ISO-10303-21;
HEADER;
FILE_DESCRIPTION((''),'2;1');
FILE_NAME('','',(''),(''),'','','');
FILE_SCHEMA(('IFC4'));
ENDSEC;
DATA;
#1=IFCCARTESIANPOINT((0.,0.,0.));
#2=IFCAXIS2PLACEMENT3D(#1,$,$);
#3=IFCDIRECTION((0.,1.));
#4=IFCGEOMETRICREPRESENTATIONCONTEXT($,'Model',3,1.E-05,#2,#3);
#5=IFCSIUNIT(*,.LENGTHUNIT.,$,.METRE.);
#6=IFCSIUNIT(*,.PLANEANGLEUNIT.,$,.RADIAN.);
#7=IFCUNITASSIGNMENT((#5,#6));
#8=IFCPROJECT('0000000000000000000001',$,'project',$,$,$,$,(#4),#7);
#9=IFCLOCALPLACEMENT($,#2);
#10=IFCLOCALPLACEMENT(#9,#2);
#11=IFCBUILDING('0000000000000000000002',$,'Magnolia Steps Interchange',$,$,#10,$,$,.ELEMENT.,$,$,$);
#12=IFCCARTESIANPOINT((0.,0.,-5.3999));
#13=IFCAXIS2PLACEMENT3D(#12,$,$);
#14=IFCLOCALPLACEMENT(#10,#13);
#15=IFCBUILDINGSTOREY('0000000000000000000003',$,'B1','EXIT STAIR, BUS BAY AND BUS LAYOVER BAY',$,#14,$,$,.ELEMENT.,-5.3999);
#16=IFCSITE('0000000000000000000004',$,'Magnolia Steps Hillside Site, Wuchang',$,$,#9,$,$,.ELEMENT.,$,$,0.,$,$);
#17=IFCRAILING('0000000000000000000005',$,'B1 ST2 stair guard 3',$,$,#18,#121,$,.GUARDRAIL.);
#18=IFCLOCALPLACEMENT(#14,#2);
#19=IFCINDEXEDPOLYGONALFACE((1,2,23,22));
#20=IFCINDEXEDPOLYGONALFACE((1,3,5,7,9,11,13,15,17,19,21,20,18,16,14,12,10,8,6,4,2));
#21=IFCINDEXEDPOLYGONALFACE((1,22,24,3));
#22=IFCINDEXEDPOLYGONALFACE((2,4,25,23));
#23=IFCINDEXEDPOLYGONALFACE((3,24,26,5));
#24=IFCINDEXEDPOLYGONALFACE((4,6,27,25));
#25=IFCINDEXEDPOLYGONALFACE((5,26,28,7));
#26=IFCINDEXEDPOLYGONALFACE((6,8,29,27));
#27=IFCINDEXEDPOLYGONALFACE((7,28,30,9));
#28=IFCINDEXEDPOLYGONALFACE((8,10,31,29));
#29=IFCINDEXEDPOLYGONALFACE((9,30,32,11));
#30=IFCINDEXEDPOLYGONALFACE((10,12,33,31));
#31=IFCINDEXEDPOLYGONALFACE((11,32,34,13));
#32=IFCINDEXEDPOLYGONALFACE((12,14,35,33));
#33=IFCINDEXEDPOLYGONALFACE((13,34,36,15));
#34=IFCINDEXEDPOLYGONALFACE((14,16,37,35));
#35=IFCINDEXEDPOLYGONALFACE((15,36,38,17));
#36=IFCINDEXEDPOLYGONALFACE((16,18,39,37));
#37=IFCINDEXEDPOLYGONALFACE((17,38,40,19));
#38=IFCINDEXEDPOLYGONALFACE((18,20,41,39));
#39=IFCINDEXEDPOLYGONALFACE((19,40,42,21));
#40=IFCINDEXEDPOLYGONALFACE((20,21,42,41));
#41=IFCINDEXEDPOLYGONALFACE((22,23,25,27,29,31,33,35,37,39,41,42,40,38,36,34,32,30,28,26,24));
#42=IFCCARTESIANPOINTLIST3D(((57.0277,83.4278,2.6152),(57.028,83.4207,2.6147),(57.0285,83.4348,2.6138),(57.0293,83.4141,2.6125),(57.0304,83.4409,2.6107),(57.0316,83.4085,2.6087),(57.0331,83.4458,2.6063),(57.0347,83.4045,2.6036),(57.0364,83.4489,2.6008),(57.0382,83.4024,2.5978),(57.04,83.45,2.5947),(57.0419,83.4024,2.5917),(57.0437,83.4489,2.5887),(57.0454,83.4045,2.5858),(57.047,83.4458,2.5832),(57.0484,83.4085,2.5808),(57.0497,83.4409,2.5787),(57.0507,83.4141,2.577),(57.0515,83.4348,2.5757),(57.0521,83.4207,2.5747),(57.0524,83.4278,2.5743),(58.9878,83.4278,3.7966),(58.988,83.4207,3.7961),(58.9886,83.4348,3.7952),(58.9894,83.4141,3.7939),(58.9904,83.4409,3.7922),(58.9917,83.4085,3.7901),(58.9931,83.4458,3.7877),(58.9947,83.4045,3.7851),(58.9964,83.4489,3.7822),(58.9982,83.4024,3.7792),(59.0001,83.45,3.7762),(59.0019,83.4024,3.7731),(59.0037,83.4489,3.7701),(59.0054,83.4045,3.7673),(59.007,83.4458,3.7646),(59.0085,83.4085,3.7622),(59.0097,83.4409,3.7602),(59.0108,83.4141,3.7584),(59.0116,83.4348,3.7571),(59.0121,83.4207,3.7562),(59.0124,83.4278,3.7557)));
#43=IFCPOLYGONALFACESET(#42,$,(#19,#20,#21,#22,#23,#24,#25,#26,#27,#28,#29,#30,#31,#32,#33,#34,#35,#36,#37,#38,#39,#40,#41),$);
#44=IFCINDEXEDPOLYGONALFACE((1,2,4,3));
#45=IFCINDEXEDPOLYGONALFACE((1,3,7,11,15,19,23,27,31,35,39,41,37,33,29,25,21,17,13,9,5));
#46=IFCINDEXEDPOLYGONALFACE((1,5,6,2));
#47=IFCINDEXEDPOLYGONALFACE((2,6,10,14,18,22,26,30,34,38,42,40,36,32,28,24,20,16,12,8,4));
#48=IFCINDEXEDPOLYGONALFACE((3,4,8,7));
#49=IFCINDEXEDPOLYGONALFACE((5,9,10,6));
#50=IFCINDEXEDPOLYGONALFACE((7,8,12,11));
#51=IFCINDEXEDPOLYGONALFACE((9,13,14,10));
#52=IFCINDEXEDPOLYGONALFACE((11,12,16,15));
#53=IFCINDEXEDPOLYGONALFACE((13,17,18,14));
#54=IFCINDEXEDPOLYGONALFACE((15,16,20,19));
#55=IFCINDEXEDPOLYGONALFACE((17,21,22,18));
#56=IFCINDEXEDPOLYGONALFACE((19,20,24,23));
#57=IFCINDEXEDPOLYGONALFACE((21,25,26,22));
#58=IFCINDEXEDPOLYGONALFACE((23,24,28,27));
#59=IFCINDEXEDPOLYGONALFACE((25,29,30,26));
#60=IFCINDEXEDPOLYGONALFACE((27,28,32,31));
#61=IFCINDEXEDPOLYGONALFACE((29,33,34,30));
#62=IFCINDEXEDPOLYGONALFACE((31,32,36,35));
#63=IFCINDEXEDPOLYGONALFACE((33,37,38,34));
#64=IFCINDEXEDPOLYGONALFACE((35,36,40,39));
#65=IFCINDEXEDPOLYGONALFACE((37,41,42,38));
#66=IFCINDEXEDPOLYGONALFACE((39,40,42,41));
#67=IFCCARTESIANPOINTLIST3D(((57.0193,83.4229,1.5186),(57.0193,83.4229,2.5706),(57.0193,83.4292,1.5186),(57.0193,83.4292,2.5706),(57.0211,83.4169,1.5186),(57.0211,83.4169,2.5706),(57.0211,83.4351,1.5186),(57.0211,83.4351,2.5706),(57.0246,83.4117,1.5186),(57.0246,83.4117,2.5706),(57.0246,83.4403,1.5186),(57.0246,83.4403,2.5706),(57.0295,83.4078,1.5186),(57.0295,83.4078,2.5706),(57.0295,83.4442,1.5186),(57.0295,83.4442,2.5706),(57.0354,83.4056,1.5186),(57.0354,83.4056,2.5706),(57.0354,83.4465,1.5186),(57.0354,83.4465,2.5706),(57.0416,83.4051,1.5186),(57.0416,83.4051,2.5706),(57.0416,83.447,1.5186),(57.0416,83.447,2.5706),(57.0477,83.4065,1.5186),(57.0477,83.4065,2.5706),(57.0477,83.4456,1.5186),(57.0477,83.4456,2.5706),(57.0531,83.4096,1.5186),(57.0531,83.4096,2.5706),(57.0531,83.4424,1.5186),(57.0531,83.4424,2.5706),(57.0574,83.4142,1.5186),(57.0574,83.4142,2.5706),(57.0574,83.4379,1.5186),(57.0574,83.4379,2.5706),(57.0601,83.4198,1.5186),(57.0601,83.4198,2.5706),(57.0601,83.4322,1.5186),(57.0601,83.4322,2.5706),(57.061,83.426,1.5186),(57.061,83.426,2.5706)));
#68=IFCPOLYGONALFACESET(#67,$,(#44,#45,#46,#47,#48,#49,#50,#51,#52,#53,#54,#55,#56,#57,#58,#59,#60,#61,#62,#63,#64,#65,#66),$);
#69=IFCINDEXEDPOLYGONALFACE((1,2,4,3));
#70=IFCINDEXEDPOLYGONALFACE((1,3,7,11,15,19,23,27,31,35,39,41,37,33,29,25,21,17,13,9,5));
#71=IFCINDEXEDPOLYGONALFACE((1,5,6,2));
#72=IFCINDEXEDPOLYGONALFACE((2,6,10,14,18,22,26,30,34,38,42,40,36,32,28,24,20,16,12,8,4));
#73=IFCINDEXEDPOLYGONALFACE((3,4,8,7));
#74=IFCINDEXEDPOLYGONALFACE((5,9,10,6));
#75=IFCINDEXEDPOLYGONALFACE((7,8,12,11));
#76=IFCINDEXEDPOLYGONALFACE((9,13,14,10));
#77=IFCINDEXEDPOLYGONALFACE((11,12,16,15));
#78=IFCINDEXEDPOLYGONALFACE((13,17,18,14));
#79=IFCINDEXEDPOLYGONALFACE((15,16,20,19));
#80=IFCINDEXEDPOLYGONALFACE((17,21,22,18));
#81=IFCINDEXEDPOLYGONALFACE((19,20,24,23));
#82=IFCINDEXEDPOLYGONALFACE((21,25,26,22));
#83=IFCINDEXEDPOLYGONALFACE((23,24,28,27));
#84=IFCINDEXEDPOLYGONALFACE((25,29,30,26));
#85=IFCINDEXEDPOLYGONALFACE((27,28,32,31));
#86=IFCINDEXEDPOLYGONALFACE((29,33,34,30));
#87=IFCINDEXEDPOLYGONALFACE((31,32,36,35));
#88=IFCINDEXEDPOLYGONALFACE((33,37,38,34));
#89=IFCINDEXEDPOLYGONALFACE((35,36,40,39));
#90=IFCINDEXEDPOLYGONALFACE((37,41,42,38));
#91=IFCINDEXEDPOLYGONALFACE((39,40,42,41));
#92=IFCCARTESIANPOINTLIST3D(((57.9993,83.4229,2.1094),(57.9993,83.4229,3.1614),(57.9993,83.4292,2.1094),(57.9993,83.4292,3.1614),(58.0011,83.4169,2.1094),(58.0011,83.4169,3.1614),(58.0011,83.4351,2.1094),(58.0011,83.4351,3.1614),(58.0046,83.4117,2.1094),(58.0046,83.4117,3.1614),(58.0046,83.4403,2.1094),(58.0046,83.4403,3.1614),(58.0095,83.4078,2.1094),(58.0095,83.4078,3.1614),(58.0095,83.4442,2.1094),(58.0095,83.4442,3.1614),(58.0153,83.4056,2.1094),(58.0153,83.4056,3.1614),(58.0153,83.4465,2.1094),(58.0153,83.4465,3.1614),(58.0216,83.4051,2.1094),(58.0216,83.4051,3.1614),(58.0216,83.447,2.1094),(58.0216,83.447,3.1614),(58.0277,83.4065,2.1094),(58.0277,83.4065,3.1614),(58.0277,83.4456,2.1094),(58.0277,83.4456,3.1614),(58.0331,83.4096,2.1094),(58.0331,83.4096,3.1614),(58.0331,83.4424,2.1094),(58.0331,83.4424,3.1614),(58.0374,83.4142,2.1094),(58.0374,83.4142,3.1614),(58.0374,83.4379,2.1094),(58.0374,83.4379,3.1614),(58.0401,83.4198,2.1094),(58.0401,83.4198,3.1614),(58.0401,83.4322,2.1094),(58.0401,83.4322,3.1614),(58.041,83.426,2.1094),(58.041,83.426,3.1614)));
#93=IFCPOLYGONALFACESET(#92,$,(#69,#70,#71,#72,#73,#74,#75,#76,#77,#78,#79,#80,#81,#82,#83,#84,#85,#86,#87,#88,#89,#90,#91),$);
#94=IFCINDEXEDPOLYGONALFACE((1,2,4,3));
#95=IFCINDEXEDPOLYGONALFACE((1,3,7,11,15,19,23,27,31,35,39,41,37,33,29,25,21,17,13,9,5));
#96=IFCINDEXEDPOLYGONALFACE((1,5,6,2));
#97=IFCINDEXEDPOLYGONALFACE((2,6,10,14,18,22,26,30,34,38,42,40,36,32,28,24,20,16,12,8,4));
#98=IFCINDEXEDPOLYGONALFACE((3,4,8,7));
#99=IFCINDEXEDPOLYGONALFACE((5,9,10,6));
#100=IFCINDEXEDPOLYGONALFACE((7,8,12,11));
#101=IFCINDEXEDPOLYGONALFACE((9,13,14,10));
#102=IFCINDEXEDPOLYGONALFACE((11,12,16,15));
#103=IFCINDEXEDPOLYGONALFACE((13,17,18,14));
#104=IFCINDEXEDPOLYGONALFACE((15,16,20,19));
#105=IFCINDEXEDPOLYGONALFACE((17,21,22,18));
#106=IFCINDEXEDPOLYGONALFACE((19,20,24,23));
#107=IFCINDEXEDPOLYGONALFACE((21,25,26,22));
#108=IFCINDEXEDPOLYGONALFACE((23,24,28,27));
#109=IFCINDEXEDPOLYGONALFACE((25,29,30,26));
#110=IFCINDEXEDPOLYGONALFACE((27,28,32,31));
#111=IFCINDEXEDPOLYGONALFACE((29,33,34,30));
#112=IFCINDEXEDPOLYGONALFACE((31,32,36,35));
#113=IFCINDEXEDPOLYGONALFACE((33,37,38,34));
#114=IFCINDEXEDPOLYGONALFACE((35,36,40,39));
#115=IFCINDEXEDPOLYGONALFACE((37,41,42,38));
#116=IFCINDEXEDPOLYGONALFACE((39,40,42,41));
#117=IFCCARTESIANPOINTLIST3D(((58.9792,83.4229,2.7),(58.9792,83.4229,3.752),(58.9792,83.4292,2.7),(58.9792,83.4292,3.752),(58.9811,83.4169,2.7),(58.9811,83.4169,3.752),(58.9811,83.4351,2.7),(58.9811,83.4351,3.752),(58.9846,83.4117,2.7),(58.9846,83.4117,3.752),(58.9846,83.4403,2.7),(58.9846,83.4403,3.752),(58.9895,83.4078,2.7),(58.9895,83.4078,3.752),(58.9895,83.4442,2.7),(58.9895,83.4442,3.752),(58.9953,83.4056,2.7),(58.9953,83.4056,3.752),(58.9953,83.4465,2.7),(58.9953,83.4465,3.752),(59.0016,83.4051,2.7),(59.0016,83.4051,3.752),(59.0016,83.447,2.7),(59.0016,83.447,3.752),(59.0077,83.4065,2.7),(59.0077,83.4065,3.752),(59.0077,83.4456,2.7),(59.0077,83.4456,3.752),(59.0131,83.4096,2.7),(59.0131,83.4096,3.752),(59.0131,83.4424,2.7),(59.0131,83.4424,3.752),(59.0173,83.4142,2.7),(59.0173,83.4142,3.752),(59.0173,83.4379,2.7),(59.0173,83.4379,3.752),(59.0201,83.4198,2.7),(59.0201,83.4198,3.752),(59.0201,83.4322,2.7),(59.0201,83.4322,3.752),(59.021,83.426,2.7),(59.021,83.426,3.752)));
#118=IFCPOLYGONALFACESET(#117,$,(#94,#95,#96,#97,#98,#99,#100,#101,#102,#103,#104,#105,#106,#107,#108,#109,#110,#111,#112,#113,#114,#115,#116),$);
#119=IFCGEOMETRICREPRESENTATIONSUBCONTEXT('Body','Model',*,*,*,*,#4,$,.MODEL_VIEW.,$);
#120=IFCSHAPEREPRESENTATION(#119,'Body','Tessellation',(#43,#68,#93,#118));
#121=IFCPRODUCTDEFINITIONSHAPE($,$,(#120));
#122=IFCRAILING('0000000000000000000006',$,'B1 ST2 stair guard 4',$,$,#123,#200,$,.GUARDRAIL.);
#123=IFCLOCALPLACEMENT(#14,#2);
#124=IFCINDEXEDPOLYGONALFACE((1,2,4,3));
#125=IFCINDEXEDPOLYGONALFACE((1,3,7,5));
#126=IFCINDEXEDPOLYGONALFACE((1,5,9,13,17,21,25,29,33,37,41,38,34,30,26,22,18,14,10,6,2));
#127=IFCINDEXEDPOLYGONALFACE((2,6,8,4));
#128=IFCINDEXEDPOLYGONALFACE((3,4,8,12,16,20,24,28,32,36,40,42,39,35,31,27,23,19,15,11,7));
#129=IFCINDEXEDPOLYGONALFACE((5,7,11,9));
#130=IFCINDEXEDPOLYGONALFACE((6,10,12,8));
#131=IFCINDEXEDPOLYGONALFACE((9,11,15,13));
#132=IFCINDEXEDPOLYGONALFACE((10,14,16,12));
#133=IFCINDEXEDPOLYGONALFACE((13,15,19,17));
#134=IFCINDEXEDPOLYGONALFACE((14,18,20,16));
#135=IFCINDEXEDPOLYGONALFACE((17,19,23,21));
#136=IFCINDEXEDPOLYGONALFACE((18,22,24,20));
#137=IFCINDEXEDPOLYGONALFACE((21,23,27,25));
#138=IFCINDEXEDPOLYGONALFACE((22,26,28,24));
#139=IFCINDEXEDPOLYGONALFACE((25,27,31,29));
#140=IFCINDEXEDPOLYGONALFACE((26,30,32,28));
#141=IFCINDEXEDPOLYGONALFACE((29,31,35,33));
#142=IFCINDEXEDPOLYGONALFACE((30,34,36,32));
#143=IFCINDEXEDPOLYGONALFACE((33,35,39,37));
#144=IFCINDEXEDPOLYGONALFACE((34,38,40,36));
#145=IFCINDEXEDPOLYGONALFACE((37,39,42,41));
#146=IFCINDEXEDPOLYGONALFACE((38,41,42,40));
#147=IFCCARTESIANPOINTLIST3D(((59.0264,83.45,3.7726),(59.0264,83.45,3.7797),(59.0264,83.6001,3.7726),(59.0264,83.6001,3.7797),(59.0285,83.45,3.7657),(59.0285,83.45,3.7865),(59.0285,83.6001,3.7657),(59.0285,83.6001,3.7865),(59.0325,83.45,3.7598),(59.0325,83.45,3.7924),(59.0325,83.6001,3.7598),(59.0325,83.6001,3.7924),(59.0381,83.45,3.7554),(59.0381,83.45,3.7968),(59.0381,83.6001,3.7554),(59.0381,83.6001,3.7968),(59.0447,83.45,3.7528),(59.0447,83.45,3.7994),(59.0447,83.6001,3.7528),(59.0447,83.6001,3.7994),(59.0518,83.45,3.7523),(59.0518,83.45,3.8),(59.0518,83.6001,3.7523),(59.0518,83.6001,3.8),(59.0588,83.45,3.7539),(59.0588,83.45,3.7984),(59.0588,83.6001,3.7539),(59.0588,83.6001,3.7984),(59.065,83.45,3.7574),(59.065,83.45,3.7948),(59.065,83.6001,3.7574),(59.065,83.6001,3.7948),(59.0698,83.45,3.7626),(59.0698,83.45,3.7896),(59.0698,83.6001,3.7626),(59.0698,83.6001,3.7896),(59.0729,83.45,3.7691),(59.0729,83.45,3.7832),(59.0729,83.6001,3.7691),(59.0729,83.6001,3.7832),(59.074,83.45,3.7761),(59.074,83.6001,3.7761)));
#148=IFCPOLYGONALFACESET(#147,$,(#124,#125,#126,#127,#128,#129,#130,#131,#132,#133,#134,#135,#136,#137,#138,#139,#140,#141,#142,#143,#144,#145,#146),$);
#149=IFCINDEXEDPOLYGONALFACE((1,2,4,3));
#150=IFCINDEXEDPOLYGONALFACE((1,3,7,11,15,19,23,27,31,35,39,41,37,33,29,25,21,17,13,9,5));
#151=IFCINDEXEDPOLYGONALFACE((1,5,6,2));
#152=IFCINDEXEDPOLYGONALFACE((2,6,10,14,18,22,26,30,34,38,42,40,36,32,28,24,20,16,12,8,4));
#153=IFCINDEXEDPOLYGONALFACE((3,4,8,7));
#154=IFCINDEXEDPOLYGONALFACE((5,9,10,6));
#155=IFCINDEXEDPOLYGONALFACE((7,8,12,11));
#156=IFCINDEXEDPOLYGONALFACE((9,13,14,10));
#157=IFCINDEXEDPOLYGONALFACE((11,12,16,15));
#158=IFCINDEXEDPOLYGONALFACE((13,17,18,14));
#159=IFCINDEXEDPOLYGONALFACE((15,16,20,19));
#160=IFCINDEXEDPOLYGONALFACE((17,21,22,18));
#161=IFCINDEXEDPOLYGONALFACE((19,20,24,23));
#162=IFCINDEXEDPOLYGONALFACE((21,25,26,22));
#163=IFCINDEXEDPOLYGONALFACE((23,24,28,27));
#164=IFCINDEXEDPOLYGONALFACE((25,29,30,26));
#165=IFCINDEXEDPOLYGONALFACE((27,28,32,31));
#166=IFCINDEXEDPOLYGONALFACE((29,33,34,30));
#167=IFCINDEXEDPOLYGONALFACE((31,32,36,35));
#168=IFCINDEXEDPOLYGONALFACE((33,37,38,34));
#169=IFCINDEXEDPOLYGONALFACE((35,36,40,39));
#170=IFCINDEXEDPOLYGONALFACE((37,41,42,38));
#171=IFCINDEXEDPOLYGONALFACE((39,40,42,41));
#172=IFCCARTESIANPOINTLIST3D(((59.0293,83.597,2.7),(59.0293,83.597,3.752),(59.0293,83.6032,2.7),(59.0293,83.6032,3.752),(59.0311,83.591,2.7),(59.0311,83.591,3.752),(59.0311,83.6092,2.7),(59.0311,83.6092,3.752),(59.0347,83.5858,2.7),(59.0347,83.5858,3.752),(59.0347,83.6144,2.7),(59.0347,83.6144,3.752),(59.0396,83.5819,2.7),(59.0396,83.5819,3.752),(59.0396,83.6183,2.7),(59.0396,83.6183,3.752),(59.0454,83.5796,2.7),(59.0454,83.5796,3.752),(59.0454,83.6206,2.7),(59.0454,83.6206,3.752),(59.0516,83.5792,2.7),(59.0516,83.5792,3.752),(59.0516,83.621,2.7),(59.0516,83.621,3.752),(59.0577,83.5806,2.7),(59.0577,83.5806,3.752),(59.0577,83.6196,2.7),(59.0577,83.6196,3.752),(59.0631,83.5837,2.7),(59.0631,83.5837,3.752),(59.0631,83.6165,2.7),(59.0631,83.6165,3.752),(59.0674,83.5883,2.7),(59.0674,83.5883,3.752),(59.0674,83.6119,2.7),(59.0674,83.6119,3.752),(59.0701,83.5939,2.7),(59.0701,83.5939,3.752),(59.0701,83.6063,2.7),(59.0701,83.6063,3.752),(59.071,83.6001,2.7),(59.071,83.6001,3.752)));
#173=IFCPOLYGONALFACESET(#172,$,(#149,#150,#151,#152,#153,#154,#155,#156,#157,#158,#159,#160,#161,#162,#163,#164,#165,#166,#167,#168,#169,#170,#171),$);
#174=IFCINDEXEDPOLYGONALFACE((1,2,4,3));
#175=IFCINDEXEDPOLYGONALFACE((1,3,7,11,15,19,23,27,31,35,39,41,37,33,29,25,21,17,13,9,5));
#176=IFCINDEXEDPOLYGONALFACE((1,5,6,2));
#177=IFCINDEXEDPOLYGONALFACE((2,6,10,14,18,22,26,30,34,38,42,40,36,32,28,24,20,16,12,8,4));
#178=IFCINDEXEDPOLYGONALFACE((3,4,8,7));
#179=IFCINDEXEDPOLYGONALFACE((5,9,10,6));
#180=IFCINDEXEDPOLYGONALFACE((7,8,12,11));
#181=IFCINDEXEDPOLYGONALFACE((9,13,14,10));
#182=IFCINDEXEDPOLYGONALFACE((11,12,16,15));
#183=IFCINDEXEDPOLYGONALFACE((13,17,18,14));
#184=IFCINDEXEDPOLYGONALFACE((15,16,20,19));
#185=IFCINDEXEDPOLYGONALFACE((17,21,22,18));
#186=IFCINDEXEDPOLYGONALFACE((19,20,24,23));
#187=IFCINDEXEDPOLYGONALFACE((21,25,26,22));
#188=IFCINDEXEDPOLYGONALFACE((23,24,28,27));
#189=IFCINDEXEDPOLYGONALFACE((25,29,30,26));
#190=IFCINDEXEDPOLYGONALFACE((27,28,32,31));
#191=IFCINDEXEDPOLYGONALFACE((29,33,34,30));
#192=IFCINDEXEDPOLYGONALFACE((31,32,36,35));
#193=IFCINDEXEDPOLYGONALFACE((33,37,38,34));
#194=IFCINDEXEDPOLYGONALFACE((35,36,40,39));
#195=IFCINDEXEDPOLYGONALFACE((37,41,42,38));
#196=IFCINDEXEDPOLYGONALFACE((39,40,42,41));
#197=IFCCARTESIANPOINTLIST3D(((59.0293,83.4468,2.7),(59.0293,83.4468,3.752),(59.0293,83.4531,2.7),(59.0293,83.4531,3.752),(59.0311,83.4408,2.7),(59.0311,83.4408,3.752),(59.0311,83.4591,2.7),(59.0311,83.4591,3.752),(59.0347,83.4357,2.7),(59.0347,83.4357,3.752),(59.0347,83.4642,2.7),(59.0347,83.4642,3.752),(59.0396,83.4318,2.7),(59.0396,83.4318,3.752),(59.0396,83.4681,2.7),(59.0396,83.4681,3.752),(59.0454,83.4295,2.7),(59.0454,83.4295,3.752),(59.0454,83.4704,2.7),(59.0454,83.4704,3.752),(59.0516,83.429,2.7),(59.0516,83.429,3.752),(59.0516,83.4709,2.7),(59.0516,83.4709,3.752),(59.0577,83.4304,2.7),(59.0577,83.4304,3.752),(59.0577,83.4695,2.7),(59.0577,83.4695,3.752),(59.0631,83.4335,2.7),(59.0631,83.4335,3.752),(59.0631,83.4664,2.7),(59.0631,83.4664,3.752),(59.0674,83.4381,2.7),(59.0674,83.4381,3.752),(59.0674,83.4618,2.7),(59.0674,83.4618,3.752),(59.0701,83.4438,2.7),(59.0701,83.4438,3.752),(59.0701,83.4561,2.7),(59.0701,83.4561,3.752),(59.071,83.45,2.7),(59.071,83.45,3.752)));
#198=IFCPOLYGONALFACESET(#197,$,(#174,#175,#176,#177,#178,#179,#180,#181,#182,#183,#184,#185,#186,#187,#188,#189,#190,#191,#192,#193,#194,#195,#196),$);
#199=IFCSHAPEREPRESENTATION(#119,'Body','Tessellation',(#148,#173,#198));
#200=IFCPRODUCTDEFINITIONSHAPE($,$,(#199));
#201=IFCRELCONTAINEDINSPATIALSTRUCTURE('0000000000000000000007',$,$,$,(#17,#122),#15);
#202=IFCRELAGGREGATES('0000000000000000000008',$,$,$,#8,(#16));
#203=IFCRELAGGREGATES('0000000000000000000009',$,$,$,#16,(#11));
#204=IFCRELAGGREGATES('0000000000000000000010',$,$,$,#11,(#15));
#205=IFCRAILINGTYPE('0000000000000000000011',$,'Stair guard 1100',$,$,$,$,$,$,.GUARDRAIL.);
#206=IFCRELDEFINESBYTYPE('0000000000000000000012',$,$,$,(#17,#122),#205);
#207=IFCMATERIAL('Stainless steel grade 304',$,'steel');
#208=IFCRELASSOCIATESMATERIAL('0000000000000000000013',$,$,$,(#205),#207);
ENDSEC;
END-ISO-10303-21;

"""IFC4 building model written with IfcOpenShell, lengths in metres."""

from ifc_helpers import new_model, si_unit, direction, frame, origin, origin_2d, place, context, subcontext, project, spatial, circle, extrude, material, type_object, element, save


model = new_model("IFC4")

# Units and contexts
model_context = context("Model", 3, precision=1e-05, world=origin(), true_north=direction((0.0, 1.0)))
body_context = subcontext(model_context, "Body", "Model", "MODEL_VIEW")
ifc_project = project(units=[si_unit("LENGTHUNIT", "METRE"), si_unit("PLANEANGLEUNIT", "RADIAN")], contexts=[model_context])

# Site, building, storey
site_placement = place(None, origin())
site = spatial("IfcSite", under=ifc_project, at=site_placement, Name="Magnolia Steps Hillside Site, Wuchang", CompositionType="ELEMENT", RefElevation=0.0)
building_placement = place(site_placement, origin())
building = spatial("IfcBuilding", under=site, at=building_placement, Name="Magnolia Steps Interchange", CompositionType="ELEMENT")
storey_placement = place(building_placement, frame((0.0, 0.0, -5.3999)))
storey = spatial("IfcBuildingStorey", under=building, at=storey_placement, Name="B1", Description="EXIT STAIR, BUS BAY AND BUS LAYOVER BAY", CompositionType="ELEMENT", Elevation=-5.3999)

# Railings
ifc_material_1 = material(Name="Stainless steel grade 304", Category="steel")
railing_type_1 = type_object("IfcRailingType", Name="Stair guard 1100", PredefinedType="GUARDRAIL", material=ifc_material_1)
railing_1_placement = place(storey_placement, frame((57.04, 83.426, 1.5186)))
element("IfcRailing", 1, at=railing_1_placement, inside=storey, type_object=railing_type_1, Name="B1 ST2 stair guard 3", PredefinedType="GUARDRAIL", context=body_context, shape_type="SweptSolid", body=[
    extrude(circle(Radius=0.0239, at=origin_2d()), frame((0.0, 0.0, 1.0762), z_axis=(0.856446, 0.0, 0.516236), x_axis=(0.0, 1.0, 0.0)), (0.0, 0.0, 1.0), 2.2886),
    extrude(circle(Radius=0.021, at=origin_2d()), origin(), (0.0, 0.0, 1.0), 1.052),
    extrude(circle(Radius=0.021, at=origin_2d()), frame((0.98, 0.0, 0.5908)), (0.0, 0.0, 1.0), 1.052),
    extrude(circle(Radius=0.021, at=origin_2d()), frame((1.96, 0.0, 1.1814)), (0.0, 0.0, 1.0), 1.052),
])
railing_2_placement = place(storey_placement, frame((59.05, 83.6001, 2.7)))
element("IfcRailing", 2, at=railing_2_placement, inside=storey, type_object=railing_type_1, Name="B1 ST2 stair guard 4", PredefinedType="GUARDRAIL", context=body_context, shape_type="SweptSolid", body=[
    extrude(circle(Radius=0.0239, at=origin_2d()), frame((0.0, 0.0, 1.0762), z_axis=(0.0, -1.0, 0.0), x_axis=(1.0, 0.0, 0.0)), (0.0, 0.0, 1.0), 0.1501),
    extrude(circle(Radius=0.021, at=origin_2d()), origin(), (0.0, 0.0, 1.0), 1.052),
    extrude(circle(Radius=0.021, at=origin_2d()), frame((0.0, -0.1501, 0.0)), (0.0, 0.0, 1.0), 1.052),
])

save(model, "model.ifc")
